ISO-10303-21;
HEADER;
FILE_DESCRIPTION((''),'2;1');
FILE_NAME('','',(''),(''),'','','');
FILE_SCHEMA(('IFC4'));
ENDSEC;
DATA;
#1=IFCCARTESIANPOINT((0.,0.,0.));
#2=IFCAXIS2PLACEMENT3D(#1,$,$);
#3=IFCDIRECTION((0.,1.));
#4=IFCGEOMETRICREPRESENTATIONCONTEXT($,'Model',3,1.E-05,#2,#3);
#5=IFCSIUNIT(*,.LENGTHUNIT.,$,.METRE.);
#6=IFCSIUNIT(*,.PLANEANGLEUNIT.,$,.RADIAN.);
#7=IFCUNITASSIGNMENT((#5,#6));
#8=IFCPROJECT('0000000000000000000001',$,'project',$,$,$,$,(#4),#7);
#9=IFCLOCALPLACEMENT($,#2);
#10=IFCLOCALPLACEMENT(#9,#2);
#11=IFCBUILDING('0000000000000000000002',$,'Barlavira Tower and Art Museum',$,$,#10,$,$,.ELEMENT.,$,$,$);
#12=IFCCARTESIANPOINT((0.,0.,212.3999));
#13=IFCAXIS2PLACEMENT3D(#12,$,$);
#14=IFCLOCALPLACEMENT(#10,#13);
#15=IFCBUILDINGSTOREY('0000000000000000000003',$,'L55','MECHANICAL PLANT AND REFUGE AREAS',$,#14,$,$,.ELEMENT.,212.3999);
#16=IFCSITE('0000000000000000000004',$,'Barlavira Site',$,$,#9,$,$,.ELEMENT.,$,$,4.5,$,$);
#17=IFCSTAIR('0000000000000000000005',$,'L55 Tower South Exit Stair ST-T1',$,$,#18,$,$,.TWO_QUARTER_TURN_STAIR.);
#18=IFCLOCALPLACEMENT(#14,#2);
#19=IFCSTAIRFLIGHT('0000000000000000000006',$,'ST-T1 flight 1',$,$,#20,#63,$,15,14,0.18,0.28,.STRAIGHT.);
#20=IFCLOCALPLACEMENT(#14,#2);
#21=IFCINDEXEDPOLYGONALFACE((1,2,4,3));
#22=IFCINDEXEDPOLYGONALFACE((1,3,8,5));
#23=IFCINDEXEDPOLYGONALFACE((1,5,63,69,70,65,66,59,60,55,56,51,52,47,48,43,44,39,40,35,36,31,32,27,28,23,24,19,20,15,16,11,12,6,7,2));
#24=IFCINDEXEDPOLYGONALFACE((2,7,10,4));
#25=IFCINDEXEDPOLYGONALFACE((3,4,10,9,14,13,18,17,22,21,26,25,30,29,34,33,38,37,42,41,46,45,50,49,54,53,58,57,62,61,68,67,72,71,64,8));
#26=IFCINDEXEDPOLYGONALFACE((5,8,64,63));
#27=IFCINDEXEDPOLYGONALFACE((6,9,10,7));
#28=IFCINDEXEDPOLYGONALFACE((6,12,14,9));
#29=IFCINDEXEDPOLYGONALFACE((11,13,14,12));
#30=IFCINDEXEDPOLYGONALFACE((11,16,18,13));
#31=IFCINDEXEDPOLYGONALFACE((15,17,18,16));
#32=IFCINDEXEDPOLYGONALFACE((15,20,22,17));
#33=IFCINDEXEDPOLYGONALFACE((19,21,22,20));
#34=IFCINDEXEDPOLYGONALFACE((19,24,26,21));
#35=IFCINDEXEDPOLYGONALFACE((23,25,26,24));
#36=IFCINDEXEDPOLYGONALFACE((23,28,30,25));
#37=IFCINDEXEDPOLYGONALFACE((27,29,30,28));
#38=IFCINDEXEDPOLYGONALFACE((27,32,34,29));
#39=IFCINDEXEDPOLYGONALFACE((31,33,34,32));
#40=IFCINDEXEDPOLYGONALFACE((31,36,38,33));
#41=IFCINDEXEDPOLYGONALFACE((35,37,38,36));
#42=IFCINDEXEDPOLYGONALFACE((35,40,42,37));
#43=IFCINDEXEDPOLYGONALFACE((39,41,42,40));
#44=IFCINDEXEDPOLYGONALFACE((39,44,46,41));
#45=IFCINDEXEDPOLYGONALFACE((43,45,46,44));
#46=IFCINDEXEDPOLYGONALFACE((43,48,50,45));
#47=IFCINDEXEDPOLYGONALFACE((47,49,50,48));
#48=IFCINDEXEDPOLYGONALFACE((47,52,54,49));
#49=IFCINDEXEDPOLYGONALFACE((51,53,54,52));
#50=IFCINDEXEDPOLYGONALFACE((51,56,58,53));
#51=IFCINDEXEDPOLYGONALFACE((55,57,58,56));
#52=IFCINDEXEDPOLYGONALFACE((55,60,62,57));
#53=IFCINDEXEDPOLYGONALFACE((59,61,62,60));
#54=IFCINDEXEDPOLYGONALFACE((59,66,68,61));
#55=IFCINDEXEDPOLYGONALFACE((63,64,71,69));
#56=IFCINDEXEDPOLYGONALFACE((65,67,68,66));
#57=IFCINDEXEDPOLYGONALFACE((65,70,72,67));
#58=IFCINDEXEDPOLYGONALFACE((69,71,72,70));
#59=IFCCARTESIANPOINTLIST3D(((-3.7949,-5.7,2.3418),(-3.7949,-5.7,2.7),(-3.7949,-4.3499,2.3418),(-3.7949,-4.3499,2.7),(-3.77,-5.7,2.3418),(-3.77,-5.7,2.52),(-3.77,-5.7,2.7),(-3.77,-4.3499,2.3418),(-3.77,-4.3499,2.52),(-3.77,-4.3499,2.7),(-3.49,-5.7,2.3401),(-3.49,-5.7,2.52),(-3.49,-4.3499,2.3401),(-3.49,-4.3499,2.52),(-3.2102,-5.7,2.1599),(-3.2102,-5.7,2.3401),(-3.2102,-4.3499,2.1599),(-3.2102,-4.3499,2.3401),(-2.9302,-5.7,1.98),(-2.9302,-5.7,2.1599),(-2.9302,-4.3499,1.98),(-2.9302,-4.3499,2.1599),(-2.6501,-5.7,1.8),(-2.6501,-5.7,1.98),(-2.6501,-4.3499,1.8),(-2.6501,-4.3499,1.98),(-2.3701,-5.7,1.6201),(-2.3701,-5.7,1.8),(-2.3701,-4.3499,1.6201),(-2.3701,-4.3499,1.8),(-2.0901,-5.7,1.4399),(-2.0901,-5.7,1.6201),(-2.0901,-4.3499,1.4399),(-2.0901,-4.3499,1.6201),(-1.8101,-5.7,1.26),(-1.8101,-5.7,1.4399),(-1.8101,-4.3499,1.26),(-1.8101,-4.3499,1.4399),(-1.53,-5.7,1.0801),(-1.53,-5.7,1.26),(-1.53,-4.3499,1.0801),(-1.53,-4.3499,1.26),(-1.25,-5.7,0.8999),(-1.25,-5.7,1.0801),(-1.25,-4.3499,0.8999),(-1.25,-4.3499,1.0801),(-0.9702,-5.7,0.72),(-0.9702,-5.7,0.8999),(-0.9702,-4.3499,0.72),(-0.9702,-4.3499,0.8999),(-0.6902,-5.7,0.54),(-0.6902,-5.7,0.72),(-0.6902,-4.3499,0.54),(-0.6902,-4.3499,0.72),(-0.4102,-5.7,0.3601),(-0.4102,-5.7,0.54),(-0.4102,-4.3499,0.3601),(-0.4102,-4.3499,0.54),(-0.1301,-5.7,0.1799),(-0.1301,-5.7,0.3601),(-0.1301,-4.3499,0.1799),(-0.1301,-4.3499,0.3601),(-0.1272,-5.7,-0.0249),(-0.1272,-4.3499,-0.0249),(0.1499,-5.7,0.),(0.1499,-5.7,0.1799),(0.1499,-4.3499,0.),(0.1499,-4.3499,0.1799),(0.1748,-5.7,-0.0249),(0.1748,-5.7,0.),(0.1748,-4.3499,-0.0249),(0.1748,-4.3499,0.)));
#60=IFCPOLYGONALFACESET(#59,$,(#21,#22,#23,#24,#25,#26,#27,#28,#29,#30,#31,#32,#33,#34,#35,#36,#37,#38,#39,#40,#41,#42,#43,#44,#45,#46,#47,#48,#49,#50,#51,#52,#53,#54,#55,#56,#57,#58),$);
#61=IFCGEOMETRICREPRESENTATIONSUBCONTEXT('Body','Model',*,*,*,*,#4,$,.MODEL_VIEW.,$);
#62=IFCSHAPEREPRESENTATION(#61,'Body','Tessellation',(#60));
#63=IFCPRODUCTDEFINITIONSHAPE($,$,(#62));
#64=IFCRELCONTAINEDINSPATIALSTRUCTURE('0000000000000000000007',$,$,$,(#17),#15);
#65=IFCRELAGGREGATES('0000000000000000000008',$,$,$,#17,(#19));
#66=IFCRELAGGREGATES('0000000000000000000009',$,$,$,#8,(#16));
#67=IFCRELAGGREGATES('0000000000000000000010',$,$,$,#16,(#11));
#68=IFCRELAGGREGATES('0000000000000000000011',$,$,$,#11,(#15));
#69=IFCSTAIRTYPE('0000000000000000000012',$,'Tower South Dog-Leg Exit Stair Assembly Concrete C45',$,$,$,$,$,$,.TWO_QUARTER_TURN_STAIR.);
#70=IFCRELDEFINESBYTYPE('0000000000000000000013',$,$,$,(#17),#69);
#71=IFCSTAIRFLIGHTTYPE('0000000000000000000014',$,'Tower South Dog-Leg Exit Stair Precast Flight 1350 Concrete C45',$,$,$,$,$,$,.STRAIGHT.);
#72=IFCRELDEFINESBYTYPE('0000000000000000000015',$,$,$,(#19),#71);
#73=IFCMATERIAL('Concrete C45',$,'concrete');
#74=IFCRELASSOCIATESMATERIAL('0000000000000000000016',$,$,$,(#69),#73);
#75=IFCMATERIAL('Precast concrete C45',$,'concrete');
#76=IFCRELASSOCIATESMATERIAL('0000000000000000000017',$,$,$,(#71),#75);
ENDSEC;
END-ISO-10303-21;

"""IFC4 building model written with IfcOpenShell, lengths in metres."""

from ifc_helpers import new_model, si_unit, direction, frame, origin, place, context, subcontext, project, spatial, polyline, outline, extrude, material, type_object, element, aggregate, save


model = new_model("IFC4")

# Units and contexts
model_context = context("Model", 3, precision=1e-05, world=origin(), true_north=direction((0.0, 1.0)))
body_context = subcontext(model_context, "Body", "Model", "MODEL_VIEW")
ifc_project = project(units=[si_unit("LENGTHUNIT", "METRE"), si_unit("PLANEANGLEUNIT", "RADIAN")], contexts=[model_context])

# Site, building, storey
site_placement = place(None, origin())
site = spatial("IfcSite", under=ifc_project, at=site_placement, Name="Barlavira Site", CompositionType="ELEMENT", RefElevation=4.5)
building_placement = place(site_placement, origin())
building = spatial("IfcBuilding", under=site, at=building_placement, Name="Barlavira Tower and Art Museum", CompositionType="ELEMENT")
storey_placement = place(building_placement, frame((0.0, 0.0, 212.3999)))
storey = spatial("IfcBuildingStorey", under=building, at=storey_placement, Name="L55", Description="MECHANICAL PLANT AND REFUGE AREAS", CompositionType="ELEMENT", Elevation=212.3999)

# Stair, stair flight
ifc_material_1 = material(Name="Concrete C45", Category="concrete")
stair_type = type_object("IfcStairType", Name="Tower South Dog-Leg Exit Stair Assembly Concrete C45", PredefinedType="TWO_QUARTER_TURN_STAIR", material=ifc_material_1)
stair_placement = place(storey_placement, origin())
stair = element("IfcStair", 1, at=stair_placement, inside=storey, type_object=stair_type, Name="L55 Tower South Exit Stair ST-T1", PredefinedType="TWO_QUARTER_TURN_STAIR")
ifc_material_2 = material(Name="Precast concrete C45", Category="concrete")
stair_flight_type = type_object("IfcStairFlightType", Name="Tower South Dog-Leg Exit Stair Precast Flight 1350 Concrete C45", PredefinedType="STRAIGHT", material=ifc_material_2)
stair_flight_placement = place(storey_placement, frame((0.1499, -5.0249, 0.0), z_axis=(0.0, 0.0, 1.0), x_axis=(-1.0, 0.0, 0.0)))
stair_flight = element("IfcStairFlight", 2, at=stair_flight_placement, type_object=stair_flight_type, Name="ST-T1 flight 1", NumberOfRisers=15, NumberOfTreads=14, PredefinedType="STRAIGHT", RiserHeight=0.18, TreadLength=0.28, context=body_context, shape_type="SweptSolid", body=[
    extrude(outline(polyline([(-0.0249, 0.0), (0.0, 0.0), (0.0, 0.1799), (0.28, 0.1799), (0.28, 0.3601), (0.5601, 0.3601), (0.5601, 0.54), (0.8401, 0.54), (0.8401, 0.72), (1.1201, 0.72), (1.1201, 0.8999), (1.3999, 0.8999), (1.3999, 1.0801), (1.6799, 1.0801), (1.6799, 1.26), (1.96, 1.26), (1.96, 1.4399), (2.24, 1.4399), (2.24, 1.6201), (2.52, 1.6201), (2.52, 1.8), (2.8, 1.8), (2.8, 1.98), (3.0801, 1.98), (3.0801, 2.1599), (3.3601, 2.1599), (3.3601, 2.3401), (3.6399, 2.3401), (3.6399, 2.52), (3.9199, 2.52), (3.9199, 2.7), (3.9448, 2.7), (3.9448, 2.3418), (3.9199, 2.3418), (0.2771, -0.0249), (-0.0249, -0.0249), (-0.0249, 0.0)])), frame((0.0, 0.675, 0.0), z_axis=(0.0, -1.0, 0.0), x_axis=(1.0, 0.0, 0.0)), (0.0, 0.0, 1.0), 1.3501),
])
aggregate(stair, [stair_flight])

save(model, "model.ifc")
